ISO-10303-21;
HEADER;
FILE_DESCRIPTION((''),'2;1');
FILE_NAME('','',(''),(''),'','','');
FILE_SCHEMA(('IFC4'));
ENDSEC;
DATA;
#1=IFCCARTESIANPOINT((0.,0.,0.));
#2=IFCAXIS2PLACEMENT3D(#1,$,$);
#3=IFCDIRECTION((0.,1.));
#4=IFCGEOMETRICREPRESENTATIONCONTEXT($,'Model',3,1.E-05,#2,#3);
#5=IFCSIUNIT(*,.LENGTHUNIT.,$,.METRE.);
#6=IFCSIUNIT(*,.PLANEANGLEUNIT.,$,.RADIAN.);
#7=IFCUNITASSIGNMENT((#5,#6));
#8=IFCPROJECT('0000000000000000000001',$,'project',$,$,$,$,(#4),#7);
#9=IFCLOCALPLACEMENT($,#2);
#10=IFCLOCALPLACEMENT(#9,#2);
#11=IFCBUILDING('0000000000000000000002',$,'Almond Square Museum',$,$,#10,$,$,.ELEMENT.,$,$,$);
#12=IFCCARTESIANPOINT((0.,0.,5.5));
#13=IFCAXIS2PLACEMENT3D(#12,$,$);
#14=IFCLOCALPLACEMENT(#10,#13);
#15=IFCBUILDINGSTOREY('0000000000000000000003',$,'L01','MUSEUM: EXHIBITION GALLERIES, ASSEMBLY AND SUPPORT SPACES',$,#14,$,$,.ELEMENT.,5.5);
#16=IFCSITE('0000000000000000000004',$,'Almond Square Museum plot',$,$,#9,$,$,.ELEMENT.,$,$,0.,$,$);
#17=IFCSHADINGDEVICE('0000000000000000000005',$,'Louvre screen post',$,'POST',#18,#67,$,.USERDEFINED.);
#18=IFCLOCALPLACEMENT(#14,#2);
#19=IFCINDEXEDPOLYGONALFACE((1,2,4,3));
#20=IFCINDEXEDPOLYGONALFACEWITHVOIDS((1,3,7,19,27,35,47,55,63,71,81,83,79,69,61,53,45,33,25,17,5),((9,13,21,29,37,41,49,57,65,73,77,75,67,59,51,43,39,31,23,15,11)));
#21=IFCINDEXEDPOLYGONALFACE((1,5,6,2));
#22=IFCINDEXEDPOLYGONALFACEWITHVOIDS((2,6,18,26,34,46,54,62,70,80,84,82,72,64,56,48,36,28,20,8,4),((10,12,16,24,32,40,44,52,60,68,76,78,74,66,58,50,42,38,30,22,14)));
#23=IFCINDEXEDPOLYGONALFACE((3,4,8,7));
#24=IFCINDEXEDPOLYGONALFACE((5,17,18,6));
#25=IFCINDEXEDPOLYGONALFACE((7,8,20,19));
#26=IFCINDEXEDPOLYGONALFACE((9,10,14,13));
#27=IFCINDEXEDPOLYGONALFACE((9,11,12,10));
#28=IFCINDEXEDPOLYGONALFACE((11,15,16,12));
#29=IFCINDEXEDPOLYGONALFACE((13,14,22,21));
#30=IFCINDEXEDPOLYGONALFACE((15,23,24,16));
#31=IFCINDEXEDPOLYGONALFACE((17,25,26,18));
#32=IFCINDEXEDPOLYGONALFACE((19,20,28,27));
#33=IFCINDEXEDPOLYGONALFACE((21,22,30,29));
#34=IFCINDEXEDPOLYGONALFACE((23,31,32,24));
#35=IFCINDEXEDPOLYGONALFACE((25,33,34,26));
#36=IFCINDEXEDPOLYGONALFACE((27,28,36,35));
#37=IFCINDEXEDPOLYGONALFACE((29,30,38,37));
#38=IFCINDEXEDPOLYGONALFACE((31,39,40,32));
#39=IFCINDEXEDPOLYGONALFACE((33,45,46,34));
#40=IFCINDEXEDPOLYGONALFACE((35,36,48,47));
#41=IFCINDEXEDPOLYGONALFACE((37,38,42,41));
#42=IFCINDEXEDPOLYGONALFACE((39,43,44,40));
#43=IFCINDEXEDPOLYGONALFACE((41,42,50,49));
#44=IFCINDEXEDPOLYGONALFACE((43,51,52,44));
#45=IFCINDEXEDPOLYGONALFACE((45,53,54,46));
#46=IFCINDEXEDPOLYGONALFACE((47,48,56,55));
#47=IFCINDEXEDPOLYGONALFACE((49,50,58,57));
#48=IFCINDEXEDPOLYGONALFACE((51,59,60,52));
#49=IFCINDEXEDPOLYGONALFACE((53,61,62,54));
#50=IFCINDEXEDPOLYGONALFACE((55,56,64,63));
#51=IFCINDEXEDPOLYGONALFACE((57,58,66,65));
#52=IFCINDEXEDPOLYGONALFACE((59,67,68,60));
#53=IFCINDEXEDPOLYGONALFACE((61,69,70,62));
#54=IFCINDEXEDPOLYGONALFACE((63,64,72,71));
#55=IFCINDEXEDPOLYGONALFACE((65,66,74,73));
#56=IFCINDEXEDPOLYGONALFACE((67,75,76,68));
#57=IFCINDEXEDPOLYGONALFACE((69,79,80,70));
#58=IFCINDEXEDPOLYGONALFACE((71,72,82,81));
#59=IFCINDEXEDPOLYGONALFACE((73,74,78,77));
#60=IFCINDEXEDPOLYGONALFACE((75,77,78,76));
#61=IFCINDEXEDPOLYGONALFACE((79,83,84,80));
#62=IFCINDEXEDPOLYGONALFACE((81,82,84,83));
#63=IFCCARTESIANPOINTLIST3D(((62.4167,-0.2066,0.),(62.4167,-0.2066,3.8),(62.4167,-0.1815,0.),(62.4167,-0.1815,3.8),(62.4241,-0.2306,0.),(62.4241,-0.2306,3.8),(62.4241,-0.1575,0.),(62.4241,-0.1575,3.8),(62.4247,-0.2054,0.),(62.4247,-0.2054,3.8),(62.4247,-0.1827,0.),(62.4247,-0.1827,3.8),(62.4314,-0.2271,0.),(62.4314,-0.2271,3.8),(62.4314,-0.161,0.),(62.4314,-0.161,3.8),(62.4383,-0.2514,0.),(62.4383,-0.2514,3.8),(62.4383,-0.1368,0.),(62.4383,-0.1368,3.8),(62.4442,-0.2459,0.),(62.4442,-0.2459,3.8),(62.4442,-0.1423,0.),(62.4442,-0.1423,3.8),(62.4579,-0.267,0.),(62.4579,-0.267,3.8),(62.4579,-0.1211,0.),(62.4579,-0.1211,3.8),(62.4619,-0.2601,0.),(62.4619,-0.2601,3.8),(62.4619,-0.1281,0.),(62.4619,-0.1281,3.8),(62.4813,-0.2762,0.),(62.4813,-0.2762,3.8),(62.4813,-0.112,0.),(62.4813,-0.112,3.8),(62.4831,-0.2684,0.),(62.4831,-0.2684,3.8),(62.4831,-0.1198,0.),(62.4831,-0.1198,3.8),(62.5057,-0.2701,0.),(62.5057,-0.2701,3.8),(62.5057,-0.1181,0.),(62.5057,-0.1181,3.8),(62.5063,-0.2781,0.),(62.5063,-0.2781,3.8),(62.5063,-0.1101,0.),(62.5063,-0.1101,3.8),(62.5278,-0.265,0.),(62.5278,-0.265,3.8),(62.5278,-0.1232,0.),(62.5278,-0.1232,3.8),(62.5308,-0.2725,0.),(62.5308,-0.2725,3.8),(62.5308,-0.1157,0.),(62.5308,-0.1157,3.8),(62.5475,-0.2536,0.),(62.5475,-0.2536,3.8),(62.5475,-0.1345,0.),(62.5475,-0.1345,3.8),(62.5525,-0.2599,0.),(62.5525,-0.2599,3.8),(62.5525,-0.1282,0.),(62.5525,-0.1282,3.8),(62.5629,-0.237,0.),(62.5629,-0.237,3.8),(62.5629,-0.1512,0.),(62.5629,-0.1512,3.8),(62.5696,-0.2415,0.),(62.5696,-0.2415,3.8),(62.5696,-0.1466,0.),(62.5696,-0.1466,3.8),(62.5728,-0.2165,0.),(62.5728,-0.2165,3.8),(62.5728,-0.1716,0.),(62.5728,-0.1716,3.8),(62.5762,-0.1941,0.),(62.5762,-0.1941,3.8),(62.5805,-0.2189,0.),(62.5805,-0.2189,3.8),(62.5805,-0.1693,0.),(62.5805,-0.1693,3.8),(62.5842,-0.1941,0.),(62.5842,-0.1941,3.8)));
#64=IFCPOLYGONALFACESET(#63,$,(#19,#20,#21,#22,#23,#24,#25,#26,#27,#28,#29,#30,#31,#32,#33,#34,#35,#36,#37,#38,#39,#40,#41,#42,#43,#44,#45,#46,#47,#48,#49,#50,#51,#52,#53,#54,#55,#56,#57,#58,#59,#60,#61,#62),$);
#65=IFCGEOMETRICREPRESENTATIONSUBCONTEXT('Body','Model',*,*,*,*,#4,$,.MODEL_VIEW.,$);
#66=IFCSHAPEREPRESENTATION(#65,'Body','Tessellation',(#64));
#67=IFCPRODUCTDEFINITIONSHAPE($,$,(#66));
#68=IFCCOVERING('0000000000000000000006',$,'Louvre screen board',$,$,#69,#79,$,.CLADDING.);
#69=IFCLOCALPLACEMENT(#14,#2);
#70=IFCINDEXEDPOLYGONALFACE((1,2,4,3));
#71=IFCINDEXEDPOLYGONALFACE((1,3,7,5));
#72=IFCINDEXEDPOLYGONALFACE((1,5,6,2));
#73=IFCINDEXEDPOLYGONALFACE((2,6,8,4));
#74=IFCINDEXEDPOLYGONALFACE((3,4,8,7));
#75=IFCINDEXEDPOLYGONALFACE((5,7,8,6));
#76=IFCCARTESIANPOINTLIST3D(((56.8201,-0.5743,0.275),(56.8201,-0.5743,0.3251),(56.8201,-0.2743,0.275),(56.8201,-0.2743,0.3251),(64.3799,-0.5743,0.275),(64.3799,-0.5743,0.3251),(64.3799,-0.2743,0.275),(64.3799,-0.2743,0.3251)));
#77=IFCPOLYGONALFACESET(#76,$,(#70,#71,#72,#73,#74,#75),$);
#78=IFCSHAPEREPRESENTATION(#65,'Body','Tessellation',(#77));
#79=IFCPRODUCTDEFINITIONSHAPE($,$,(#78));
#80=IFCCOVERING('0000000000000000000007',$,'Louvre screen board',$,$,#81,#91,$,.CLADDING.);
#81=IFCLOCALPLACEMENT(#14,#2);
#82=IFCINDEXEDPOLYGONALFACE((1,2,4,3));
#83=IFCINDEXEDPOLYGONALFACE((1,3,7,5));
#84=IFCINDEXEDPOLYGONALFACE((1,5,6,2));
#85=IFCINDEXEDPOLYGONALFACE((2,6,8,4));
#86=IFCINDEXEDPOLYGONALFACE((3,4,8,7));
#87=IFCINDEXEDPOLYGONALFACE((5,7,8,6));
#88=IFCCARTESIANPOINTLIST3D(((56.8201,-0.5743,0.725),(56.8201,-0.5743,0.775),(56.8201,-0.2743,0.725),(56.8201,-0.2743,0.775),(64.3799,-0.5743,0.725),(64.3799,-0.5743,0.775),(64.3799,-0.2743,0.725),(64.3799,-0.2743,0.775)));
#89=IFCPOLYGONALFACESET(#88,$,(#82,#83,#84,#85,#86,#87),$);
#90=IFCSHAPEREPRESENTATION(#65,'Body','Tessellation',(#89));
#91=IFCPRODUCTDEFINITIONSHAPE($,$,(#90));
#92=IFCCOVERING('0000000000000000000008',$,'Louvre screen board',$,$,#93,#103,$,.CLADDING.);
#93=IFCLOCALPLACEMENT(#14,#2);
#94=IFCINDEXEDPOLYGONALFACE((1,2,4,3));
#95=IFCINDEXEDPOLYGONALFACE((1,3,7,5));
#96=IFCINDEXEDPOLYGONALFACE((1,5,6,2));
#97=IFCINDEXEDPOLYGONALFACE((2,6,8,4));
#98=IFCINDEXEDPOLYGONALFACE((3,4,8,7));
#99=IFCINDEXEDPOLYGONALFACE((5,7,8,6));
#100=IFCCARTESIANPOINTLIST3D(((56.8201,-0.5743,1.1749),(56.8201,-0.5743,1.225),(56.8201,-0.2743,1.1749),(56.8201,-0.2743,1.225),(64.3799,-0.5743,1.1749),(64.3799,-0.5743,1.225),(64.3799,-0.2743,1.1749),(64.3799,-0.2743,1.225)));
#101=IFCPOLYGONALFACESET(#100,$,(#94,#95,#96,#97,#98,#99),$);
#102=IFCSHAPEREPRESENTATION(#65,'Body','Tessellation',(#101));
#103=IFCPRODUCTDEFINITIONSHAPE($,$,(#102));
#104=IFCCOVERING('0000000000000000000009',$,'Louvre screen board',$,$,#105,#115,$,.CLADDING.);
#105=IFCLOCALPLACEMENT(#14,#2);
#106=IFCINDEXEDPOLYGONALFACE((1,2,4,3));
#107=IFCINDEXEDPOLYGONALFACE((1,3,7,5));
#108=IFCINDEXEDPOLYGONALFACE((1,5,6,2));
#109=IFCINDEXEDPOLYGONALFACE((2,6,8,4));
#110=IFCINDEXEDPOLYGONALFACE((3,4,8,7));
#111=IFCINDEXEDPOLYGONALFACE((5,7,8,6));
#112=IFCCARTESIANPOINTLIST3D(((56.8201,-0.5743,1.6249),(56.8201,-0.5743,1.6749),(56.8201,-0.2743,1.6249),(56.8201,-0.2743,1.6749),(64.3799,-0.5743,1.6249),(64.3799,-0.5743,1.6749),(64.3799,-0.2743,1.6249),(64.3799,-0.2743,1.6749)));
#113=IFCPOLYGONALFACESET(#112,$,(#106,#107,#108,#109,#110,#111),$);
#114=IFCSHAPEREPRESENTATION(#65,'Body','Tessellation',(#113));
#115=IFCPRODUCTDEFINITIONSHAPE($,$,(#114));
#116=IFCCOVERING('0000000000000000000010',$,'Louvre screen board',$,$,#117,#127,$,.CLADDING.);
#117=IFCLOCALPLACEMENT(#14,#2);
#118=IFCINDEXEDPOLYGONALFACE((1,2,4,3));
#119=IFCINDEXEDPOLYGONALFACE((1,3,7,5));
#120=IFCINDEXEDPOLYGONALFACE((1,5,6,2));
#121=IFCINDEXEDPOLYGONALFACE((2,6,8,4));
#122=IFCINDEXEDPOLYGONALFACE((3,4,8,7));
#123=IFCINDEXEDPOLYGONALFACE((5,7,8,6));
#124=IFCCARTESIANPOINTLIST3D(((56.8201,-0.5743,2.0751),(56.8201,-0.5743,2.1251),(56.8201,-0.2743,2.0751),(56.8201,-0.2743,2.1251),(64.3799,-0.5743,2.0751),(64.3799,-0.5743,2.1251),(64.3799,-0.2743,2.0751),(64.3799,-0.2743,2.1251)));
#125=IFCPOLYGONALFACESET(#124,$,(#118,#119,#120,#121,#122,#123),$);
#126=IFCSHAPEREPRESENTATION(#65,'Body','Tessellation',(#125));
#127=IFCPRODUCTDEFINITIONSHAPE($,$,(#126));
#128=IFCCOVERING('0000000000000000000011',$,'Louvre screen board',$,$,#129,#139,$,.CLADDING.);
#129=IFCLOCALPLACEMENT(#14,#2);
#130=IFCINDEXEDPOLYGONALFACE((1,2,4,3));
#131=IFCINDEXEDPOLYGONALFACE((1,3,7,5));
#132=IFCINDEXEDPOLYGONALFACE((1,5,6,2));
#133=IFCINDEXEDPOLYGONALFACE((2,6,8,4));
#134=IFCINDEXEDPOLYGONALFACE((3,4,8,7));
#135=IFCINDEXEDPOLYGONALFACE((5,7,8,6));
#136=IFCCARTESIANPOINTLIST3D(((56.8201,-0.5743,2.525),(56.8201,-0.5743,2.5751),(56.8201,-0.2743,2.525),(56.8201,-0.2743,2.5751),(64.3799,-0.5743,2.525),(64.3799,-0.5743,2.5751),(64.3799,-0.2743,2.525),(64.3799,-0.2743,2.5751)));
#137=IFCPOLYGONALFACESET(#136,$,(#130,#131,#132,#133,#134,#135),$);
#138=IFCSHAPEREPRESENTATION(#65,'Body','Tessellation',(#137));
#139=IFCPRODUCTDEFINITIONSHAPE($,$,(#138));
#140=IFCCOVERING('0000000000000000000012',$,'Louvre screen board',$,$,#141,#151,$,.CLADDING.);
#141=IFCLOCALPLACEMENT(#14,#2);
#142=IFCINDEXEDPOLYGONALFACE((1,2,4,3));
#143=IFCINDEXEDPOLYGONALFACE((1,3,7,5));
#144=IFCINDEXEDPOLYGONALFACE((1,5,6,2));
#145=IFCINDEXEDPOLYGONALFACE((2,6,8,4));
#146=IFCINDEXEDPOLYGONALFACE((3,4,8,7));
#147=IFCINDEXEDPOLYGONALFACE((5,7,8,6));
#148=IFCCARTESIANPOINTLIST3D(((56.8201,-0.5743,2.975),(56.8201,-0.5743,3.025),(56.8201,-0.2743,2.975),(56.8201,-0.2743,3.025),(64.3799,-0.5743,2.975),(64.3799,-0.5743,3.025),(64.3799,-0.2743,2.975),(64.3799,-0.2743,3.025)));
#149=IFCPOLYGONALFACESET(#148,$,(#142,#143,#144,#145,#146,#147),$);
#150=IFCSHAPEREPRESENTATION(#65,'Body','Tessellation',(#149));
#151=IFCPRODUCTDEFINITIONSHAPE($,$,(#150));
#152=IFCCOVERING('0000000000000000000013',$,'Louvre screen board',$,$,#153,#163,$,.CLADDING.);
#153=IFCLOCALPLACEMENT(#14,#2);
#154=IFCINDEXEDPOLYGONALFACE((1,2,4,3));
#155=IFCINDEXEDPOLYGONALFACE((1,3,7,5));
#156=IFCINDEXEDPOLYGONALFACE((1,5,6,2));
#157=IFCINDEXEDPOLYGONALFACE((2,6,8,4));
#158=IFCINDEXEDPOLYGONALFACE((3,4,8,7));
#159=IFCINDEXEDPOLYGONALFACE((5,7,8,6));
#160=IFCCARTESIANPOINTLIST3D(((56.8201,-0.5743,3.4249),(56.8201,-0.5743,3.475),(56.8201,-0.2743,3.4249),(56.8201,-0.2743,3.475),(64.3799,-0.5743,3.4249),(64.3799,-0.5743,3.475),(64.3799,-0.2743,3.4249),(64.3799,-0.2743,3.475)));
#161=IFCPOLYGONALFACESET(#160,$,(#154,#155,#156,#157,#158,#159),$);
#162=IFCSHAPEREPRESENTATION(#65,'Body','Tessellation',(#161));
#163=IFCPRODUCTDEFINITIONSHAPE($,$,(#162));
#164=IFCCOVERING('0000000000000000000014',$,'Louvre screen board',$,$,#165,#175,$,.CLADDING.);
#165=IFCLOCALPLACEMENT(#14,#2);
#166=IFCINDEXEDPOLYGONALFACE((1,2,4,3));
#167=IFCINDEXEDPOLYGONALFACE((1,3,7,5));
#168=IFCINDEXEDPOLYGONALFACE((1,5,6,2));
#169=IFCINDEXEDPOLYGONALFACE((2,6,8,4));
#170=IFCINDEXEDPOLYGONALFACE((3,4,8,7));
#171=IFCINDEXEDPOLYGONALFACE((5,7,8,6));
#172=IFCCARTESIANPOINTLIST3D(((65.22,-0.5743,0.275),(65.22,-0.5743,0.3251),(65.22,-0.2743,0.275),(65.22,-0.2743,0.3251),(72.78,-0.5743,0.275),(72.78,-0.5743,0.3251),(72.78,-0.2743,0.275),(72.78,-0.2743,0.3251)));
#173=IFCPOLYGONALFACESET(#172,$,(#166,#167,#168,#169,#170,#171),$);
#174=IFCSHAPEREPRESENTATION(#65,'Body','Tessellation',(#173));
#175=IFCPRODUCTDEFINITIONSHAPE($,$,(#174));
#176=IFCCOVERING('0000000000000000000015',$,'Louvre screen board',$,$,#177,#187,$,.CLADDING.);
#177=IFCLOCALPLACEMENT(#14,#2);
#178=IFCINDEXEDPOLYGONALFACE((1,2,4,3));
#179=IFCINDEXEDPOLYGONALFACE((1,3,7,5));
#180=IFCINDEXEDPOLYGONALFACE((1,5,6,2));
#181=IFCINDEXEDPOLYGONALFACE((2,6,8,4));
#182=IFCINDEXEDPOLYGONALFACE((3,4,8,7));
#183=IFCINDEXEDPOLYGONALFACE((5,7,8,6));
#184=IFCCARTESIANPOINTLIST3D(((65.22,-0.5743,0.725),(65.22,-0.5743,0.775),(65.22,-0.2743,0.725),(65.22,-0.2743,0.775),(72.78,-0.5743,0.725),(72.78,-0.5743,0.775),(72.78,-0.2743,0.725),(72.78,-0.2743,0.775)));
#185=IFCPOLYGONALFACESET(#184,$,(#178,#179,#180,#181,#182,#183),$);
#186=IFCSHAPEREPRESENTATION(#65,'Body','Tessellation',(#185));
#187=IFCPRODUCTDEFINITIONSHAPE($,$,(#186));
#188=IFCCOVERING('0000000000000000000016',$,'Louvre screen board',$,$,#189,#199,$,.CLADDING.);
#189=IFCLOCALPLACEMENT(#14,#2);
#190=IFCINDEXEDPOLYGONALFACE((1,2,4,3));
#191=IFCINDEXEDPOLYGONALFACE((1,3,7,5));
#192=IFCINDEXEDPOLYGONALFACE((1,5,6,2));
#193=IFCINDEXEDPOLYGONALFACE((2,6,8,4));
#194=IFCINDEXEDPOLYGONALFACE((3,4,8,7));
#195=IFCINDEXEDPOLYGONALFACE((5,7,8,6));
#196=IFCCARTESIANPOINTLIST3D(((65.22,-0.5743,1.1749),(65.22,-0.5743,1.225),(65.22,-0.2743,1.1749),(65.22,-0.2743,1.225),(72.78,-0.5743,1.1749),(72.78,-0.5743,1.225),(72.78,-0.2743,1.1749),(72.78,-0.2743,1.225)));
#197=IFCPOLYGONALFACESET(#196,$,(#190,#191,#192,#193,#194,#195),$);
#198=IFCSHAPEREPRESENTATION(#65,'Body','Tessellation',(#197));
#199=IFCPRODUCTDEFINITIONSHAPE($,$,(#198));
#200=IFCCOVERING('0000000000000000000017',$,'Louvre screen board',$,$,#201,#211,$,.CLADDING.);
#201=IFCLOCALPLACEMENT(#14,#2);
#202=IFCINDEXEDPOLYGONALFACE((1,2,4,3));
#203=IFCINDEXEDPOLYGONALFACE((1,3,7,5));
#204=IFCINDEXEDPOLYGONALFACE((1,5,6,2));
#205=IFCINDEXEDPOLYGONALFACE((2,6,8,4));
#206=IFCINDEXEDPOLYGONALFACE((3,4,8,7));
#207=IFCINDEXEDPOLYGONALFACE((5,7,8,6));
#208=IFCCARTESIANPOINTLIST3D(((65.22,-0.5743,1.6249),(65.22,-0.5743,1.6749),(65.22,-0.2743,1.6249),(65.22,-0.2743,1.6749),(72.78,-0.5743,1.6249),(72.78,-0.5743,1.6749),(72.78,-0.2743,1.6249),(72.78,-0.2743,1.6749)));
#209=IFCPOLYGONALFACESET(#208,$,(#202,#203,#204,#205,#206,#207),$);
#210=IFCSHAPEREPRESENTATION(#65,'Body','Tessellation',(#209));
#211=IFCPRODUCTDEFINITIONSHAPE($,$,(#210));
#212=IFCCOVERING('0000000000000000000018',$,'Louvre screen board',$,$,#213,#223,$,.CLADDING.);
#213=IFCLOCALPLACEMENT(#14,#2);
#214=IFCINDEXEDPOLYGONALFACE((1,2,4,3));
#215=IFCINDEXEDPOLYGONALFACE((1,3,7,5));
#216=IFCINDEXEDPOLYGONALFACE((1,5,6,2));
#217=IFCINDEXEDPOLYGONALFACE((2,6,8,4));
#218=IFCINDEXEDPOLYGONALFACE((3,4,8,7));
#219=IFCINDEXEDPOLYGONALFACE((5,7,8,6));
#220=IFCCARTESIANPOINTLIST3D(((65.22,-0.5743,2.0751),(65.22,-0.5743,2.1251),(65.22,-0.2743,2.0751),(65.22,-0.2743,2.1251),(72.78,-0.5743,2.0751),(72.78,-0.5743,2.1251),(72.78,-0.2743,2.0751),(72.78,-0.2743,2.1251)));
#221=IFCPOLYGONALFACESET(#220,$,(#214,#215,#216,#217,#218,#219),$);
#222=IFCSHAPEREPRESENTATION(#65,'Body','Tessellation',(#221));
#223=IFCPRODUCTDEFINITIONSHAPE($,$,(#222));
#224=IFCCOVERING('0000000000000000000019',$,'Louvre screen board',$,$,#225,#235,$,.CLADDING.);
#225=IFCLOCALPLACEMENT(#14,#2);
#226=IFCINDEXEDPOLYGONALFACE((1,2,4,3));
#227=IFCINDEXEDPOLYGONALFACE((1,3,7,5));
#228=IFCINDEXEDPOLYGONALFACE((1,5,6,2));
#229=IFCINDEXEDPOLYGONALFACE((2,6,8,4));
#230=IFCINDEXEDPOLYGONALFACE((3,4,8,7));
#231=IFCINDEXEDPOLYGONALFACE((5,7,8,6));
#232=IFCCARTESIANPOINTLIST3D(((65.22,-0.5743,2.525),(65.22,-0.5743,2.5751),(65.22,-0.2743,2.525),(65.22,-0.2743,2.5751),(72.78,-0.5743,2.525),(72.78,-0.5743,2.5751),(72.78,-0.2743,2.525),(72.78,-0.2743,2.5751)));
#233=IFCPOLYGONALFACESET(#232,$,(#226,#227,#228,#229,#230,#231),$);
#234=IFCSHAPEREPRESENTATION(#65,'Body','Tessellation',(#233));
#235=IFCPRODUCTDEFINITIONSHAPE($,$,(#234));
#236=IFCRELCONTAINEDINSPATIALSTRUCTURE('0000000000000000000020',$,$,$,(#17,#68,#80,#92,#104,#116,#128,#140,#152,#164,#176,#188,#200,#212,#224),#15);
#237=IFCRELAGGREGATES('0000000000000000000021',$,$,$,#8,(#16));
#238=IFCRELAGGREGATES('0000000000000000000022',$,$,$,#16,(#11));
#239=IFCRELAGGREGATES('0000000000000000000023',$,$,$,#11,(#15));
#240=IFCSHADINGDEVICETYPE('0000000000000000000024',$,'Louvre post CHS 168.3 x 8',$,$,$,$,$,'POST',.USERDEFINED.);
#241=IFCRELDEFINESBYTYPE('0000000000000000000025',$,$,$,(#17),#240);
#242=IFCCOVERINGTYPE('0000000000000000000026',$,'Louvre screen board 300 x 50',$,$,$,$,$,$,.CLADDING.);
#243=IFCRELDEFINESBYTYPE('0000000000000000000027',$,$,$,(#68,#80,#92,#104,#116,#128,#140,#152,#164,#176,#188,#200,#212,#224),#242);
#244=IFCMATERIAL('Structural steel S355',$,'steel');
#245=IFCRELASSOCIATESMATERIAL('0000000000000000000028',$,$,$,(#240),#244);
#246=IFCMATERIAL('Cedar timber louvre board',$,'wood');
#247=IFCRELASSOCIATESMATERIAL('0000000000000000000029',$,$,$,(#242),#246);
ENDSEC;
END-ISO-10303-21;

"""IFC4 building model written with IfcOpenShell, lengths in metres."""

from ifc_helpers import new_model, si_unit, direction, frame, origin, origin_2d, place, context, subcontext, project, spatial, rectangle, hollow_circle, extrude, material, material_profile, profile_set, type_object, element, save


model = new_model("IFC4")

# Units and contexts
model_context = context("Model", 3, precision=1e-05, world=origin(), true_north=direction((0.0, 1.0)))
body_context = subcontext(model_context, "Body", "Model", "MODEL_VIEW")
ifc_project = project(units=[si_unit("LENGTHUNIT", "METRE"), si_unit("PLANEANGLEUNIT", "RADIAN")], contexts=[model_context])

# Site, building, storey
site_placement = place(None, origin())
site = spatial("IfcSite", under=ifc_project, at=site_placement, Name="Almond Square Museum plot", CompositionType="ELEMENT", RefElevation=0.0)
building_placement = place(site_placement, origin())
building = spatial("IfcBuilding", under=site, at=building_placement, Name="Almond Square Museum", CompositionType="ELEMENT")
storey_placement = place(building_placement, frame((0.0, 0.0, 5.5)))
storey = spatial("IfcBuildingStorey", under=building, at=storey_placement, Name="L01", Description="MUSEUM: EXHIBITION GALLERIES, ASSEMBLY AND SUPPORT SPACES", CompositionType="ELEMENT", Elevation=5.5)

# Shading device
ifc_material_1 = material(Name="Structural steel S355", Category="steel")
ifc_material_profile_1 = material_profile(ifc_material_1, hollow_circle(Radius=0.0842, WallThickness=0.0081, at=origin_2d()))
ifc_profile_set_1 = profile_set([ifc_material_profile_1], Name="Structural steel S355")
shading_device_type = type_object("IfcShadingDeviceType", Name="Louvre post CHS 168.3 x 8", ElementType="POST", PredefinedType="USERDEFINED", material=ifc_profile_set_1)
for number, where, z_axis, x_axis, name in (
    (1, (62.5, -0.1941, 0.0), (0.0, 0.0, 1.0), (1.0, 0.0, 0.0), "Louvre screen post"),
):
    element("IfcShadingDevice", number, at=place(storey_placement, frame(where, z_axis=z_axis, x_axis=x_axis)), inside=storey, type_object=shading_device_type, Name=name, ObjectType="POST", PredefinedType="USERDEFINED", context=body_context, shape_type="SweptSolid", body=[
        extrude(hollow_circle(Radius=0.0842, WallThickness=0.0081, at=origin_2d()), origin(), (0.0, 0.0, 1.0), 3.8),
    ])

# Coverings
ifc_material_2 = material(Name="Cedar timber louvre board", Category="wood")
ifc_material_profile_2 = material_profile(ifc_material_2, rectangle(XDim=0.3, YDim=0.05, at=origin_2d()))
ifc_profile_set_2 = profile_set([ifc_material_profile_2], Name="Cedar timber louvre board")
covering_type = type_object("IfcCoveringType", Name="Louvre screen board 300 x 50", PredefinedType="CLADDING", material=ifc_profile_set_2)
for number, where, z_axis, x_axis, name in (
    (2, (56.8201, -0.4243, 0.3), (1.0, 0.0, 0.0), (0.0, 1.0, 0.0), "Louvre screen board"),
    (3, (56.8201, -0.4243, 0.75), (1.0, 0.0, 0.0), (0.0, 1.0, 0.0), "Louvre screen board"),
    (4, (56.8201, -0.4243, 1.2), (1.0, 0.0, 0.0), (0.0, 1.0, 0.0), "Louvre screen board"),
    (5, (56.8201, -0.4243, 1.6499), (1.0, 0.0, 0.0), (0.0, 1.0, 0.0), "Louvre screen board"),
    (6, (56.8201, -0.4243, 2.1001), (1.0, 0.0, 0.0), (0.0, 1.0, 0.0), "Louvre screen board"),
    (7, (56.8201, -0.4243, 2.55), (1.0, 0.0, 0.0), (0.0, 1.0, 0.0), "Louvre screen board"),
    (8, (56.8201, -0.4243, 3.0), (1.0, 0.0, 0.0), (0.0, 1.0, 0.0), "Louvre screen board"),
    (9, (56.8201, -0.4243, 3.45), (1.0, 0.0, 0.0), (0.0, 1.0, 0.0), "Louvre screen board"),
):
    element("IfcCovering", number, at=place(storey_placement, frame(where, z_axis=z_axis, x_axis=x_axis)), inside=storey, type_object=covering_type, Name=name, PredefinedType="CLADDING", context=body_context, shape_type="SweptSolid", body=[
        extrude(rectangle(XDim=0.3, YDim=0.05, at=origin_2d()), origin(), (0.0, 0.0, 1.0), 7.5598),
    ])
for number, where, z_axis, x_axis, name in (
    (10, (65.22, -0.4243, 0.3), (1.0, 0.0, 0.0), (0.0, 1.0, 0.0), "Louvre screen board"),
    (11, (65.22, -0.4243, 0.75), (1.0, 0.0, 0.0), (0.0, 1.0, 0.0), "Louvre screen board"),
    (12, (65.22, -0.4243, 1.2), (1.0, 0.0, 0.0), (0.0, 1.0, 0.0), "Louvre screen board"),
    (13, (65.22, -0.4243, 1.6499), (1.0, 0.0, 0.0), (0.0, 1.0, 0.0), "Louvre screen board"),
    (14, (65.22, -0.4243, 2.1001), (1.0, 0.0, 0.0), (0.0, 1.0, 0.0), "Louvre screen board"),
    (15, (65.22, -0.4243, 2.55), (1.0, 0.0, 0.0), (0.0, 1.0, 0.0), "Louvre screen board"),
):
    element("IfcCovering", number, at=place(storey_placement, frame(where, z_axis=z_axis, x_axis=x_axis)), inside=storey, type_object=covering_type, Name=name, PredefinedType="CLADDING", context=body_context, shape_type="SweptSolid", body=[
        extrude(rectangle(XDim=0.3, YDim=0.05, at=origin_2d()), origin(), (0.0, 0.0, 1.0), 7.5601),
    ])

save(model, "model.ifc")
